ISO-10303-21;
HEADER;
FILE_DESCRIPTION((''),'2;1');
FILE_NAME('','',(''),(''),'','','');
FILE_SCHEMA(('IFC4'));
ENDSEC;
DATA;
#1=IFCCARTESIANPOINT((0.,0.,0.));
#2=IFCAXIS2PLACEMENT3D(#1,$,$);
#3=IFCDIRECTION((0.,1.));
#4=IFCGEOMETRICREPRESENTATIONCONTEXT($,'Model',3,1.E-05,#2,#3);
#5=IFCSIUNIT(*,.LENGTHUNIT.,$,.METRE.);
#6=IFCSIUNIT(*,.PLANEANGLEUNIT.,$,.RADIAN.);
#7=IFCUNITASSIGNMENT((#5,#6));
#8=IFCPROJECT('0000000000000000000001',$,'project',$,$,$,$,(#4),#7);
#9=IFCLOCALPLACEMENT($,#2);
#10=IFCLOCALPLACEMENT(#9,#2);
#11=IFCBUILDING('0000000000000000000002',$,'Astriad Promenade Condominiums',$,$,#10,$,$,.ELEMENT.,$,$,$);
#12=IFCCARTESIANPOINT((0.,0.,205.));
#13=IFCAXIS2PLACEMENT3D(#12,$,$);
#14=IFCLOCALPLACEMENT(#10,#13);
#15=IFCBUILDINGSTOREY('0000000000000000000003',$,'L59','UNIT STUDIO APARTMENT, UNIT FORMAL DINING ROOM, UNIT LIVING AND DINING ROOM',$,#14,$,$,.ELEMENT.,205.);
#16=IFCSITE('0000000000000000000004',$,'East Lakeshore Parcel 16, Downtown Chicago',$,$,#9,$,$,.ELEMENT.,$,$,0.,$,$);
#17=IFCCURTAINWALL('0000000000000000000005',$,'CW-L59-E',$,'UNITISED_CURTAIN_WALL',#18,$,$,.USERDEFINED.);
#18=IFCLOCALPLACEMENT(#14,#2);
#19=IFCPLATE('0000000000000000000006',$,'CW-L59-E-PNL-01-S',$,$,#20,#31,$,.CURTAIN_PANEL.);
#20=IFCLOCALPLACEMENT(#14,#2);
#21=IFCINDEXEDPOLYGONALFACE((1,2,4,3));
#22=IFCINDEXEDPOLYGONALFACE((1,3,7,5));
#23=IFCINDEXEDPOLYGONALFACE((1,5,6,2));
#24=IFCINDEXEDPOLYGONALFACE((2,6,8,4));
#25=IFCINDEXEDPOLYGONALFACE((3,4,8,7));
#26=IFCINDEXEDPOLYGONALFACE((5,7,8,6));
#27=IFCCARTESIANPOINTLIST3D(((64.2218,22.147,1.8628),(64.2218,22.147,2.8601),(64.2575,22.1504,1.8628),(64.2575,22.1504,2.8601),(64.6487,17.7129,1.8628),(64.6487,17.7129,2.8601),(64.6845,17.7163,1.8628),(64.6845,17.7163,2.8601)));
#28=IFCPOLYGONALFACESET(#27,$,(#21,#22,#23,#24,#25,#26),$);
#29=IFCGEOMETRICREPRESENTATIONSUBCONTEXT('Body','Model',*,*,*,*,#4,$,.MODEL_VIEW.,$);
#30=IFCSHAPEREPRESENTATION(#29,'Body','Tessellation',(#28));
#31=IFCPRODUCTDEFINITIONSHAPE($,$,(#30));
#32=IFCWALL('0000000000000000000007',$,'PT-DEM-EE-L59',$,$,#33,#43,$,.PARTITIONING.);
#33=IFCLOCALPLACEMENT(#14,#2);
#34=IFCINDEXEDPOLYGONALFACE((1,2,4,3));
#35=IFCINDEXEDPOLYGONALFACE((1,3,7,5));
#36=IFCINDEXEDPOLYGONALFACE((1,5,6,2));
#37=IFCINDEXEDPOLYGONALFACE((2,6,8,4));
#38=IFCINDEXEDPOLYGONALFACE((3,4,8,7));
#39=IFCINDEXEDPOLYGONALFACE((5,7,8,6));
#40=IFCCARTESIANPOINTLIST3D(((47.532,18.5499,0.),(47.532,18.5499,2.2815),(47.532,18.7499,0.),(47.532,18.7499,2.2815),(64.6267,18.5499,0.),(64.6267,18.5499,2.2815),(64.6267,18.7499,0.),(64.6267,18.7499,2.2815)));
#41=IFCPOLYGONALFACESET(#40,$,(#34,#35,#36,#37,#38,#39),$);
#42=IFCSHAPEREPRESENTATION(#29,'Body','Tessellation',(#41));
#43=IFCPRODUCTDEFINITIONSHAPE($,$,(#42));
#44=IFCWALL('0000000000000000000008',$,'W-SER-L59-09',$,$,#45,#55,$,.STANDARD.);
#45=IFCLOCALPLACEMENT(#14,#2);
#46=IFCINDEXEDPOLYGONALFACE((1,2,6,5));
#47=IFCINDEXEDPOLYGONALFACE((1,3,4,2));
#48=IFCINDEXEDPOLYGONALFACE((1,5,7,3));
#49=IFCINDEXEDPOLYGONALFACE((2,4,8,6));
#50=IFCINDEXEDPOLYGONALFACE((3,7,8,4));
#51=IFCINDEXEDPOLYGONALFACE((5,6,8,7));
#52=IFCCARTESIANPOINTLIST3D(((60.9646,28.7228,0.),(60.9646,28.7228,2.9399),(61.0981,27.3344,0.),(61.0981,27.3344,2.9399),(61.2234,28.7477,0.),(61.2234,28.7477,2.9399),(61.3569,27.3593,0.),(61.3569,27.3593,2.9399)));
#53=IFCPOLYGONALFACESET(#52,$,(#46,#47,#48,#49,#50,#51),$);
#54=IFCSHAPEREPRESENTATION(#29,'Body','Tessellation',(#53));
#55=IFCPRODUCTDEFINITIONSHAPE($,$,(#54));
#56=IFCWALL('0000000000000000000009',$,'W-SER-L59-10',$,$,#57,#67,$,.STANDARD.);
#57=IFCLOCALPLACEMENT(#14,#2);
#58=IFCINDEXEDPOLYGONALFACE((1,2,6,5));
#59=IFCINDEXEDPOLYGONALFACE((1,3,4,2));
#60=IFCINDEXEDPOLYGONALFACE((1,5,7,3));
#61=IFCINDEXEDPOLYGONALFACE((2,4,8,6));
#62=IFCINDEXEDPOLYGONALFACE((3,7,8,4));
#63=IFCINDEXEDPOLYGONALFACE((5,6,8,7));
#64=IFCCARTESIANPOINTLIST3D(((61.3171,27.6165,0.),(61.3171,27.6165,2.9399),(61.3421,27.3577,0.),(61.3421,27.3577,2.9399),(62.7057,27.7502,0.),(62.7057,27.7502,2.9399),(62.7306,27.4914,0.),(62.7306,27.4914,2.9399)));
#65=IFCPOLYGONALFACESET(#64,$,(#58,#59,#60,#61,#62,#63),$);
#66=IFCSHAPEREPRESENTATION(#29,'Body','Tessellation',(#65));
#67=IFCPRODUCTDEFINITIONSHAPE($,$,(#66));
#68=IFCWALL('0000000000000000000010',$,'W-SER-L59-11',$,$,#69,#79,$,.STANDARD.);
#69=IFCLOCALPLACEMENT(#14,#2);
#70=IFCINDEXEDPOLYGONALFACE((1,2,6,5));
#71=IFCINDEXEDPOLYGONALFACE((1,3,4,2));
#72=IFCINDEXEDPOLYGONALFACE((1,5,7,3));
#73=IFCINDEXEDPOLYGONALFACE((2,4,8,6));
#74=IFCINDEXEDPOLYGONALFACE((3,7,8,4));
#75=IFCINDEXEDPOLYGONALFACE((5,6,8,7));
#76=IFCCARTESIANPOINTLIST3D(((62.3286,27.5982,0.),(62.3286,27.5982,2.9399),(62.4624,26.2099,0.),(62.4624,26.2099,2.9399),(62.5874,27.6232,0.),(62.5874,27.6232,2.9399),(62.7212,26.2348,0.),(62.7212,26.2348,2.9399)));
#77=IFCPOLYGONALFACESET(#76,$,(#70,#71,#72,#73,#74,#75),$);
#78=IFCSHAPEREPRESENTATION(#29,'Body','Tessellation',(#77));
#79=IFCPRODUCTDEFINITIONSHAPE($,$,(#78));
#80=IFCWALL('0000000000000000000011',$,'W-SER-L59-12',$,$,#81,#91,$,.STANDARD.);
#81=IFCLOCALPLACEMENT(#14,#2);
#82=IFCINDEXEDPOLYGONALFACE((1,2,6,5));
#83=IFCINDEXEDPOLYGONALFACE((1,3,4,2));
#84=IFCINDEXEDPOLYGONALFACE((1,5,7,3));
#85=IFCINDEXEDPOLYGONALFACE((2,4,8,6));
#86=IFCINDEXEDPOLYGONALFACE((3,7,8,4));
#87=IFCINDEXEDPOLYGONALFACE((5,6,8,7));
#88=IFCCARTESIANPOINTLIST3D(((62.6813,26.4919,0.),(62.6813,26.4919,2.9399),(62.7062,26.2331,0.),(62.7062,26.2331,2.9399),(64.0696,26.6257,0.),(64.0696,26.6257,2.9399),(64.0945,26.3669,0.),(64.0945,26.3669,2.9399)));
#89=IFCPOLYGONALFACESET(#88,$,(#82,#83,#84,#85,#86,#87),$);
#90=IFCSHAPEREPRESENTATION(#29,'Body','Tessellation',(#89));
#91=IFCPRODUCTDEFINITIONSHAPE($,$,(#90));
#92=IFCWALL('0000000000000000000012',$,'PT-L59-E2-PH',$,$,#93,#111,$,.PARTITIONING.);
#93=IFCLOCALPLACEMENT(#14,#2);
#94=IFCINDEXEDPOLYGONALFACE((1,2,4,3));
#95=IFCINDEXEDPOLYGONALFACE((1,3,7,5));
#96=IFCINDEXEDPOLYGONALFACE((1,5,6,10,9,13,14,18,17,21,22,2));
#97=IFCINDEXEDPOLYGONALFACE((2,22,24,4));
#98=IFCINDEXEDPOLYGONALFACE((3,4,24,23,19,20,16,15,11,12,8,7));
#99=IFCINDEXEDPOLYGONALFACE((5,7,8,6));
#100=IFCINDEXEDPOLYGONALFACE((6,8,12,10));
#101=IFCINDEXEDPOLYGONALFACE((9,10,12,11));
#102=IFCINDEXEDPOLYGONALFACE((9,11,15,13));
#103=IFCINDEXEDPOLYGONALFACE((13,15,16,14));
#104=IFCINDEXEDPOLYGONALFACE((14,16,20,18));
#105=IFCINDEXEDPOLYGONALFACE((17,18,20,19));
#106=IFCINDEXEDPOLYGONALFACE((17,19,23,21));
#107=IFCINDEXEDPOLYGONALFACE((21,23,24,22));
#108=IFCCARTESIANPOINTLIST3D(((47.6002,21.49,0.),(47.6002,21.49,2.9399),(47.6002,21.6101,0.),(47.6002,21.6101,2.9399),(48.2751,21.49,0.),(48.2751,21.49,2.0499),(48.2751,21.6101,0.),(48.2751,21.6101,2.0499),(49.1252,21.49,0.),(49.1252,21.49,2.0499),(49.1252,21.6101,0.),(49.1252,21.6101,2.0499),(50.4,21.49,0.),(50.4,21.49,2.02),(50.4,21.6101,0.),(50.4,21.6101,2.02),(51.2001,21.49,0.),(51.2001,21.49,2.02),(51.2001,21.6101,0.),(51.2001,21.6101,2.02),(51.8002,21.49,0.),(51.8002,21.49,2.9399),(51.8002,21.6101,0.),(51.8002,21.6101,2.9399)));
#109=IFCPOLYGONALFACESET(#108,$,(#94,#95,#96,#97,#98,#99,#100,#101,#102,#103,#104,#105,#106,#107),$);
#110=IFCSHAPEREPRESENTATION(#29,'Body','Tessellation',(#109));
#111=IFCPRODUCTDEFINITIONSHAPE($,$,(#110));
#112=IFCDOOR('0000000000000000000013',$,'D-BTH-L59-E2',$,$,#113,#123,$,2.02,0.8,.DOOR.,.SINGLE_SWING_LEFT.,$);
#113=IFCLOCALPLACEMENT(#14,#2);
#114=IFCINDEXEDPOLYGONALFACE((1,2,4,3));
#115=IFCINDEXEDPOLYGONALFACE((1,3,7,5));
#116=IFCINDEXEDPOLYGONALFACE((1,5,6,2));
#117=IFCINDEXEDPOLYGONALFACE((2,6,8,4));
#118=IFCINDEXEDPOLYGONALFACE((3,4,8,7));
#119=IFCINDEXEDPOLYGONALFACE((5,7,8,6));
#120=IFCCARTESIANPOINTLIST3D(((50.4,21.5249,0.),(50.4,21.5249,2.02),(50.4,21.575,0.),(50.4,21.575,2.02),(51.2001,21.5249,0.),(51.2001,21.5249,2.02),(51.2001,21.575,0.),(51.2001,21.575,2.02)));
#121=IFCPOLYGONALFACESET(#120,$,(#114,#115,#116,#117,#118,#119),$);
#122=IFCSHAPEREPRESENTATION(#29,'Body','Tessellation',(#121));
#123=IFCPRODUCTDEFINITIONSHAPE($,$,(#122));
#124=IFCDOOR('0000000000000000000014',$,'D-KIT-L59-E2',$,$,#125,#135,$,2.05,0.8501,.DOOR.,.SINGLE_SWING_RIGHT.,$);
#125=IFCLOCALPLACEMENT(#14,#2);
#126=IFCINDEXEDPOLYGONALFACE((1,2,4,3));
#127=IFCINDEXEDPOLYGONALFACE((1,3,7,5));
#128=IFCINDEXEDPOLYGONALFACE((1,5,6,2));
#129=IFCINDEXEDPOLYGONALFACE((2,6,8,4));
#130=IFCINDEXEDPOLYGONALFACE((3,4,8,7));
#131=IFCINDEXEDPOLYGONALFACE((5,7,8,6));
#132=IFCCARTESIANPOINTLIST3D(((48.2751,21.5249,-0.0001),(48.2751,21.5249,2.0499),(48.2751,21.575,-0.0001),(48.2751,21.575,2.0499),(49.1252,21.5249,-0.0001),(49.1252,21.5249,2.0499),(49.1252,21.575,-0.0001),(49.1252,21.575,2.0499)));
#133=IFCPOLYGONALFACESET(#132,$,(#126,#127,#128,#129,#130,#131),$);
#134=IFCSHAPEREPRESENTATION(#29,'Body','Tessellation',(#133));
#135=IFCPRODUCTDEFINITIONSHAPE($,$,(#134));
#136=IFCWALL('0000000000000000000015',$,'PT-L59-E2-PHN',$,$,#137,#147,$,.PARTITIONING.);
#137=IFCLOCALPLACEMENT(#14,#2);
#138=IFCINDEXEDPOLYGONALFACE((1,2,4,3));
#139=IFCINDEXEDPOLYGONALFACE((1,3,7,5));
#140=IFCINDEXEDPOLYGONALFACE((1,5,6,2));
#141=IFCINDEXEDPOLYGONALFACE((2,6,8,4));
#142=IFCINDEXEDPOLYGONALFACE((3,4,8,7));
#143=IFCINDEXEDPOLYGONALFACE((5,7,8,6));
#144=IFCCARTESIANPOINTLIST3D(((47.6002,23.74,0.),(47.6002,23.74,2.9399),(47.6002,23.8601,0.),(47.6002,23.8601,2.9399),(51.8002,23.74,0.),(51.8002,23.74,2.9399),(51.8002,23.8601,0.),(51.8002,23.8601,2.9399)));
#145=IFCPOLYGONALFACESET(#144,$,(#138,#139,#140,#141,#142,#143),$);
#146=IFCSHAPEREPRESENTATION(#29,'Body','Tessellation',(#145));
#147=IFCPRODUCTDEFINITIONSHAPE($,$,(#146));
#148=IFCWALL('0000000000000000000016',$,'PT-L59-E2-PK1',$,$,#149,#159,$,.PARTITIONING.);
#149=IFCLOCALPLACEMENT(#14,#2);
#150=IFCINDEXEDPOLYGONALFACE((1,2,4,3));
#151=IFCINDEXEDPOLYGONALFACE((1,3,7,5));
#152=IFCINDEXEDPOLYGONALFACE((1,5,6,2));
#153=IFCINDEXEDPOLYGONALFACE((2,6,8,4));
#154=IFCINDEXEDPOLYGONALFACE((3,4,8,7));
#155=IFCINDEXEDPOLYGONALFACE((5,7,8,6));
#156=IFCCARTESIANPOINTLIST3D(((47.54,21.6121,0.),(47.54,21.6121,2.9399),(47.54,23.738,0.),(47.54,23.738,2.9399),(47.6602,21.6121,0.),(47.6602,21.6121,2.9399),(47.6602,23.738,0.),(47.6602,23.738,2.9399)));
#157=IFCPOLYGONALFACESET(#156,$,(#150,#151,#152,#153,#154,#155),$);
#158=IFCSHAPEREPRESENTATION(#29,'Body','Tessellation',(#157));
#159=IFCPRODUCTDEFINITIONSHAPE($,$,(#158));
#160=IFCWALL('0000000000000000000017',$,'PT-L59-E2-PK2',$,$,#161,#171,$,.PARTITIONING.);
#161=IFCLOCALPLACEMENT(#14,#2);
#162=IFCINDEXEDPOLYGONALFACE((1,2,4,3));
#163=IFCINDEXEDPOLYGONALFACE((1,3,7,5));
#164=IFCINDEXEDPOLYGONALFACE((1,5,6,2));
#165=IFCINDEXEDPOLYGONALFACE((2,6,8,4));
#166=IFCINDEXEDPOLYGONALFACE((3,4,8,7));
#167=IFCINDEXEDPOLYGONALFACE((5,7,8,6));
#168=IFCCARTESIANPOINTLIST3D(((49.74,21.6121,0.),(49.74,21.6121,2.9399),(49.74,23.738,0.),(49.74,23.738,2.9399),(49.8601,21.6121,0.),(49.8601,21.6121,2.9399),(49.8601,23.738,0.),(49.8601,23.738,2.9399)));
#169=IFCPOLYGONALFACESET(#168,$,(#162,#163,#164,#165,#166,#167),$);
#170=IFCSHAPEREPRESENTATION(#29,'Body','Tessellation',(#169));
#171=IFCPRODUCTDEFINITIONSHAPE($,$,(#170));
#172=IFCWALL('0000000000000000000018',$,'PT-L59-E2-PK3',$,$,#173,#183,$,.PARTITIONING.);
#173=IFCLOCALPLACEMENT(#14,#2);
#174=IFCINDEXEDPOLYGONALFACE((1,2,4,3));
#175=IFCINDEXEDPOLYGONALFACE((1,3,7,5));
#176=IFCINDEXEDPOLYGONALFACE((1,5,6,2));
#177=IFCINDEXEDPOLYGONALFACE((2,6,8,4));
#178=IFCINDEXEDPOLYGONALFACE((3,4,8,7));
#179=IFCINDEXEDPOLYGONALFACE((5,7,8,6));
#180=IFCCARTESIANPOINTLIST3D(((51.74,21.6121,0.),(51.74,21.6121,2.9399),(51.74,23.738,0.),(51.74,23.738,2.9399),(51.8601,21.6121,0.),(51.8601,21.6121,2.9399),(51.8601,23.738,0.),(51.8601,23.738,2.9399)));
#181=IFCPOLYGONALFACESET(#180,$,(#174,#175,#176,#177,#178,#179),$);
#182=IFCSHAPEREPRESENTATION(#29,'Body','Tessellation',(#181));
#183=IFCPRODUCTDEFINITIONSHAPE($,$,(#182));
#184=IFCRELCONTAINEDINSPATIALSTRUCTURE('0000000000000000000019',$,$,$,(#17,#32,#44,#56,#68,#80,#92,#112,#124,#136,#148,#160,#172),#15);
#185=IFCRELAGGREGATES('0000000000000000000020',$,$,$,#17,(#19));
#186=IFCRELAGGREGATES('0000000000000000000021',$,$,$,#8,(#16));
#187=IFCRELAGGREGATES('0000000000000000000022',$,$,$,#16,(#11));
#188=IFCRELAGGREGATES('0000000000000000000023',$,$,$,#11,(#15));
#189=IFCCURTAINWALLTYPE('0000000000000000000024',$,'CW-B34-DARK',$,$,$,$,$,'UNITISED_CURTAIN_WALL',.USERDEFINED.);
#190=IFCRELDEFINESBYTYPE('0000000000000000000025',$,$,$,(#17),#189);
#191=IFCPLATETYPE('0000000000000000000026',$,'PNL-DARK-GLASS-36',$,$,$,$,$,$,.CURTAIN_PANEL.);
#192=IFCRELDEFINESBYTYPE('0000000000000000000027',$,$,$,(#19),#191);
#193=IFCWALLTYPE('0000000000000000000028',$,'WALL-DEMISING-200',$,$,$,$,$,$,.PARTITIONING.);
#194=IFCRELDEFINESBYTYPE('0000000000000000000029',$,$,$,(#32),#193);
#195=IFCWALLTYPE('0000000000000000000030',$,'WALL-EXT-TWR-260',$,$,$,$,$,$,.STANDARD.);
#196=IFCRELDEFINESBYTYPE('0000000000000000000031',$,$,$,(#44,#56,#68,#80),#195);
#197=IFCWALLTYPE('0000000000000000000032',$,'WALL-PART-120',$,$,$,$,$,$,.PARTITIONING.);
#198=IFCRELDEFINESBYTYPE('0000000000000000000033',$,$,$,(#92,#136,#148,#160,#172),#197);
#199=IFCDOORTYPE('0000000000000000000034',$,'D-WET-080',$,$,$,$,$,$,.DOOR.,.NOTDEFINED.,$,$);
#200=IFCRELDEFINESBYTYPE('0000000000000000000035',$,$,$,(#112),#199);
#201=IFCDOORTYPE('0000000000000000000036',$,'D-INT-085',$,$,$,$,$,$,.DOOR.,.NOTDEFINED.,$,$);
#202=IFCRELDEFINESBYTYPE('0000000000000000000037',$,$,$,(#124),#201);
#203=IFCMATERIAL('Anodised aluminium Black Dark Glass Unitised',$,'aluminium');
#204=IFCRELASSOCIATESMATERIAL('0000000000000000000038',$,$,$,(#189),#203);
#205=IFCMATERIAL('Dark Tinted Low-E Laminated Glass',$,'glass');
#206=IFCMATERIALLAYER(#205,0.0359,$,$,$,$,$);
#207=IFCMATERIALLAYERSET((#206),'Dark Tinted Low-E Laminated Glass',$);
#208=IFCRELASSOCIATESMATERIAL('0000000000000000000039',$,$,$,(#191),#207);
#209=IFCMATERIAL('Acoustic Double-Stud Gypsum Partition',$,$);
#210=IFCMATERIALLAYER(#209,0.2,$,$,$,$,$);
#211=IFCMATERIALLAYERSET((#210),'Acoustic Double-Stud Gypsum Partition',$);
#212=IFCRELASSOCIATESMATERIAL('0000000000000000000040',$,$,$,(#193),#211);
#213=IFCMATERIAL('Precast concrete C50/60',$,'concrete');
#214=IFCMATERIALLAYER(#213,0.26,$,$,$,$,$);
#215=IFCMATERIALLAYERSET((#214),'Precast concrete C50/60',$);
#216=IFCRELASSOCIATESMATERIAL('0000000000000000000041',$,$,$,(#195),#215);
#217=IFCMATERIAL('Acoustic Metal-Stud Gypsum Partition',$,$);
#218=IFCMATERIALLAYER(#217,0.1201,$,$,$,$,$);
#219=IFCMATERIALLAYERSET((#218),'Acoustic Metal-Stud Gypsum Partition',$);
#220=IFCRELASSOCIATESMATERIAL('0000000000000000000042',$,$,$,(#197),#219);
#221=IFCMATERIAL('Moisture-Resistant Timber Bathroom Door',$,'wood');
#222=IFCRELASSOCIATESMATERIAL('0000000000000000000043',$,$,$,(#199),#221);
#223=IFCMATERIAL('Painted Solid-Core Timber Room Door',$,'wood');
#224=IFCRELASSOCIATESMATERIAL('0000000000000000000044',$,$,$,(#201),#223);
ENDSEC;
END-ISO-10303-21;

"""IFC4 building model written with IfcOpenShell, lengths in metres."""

from ifc_helpers import new_model, si_unit, direction, frame, frame_2d, origin, origin_2d, place, context, subcontext, project, spatial, rectangle, extrude, source, transform, mapped, material, layer, layer_set, type_object, type_shapes, element, fill, aggregate, save


model = new_model("IFC4")

# Units and contexts
model_context = context("Model", 3, precision=1e-05, world=origin(), true_north=direction((0.0, 1.0)))
body_context = subcontext(model_context, "Body", "Model", "MODEL_VIEW")
ifc_project = project(units=[si_unit("LENGTHUNIT", "METRE"), si_unit("PLANEANGLEUNIT", "RADIAN")], contexts=[model_context])

# Site, building, storey
site_placement = place(None, origin())
site = spatial("IfcSite", under=ifc_project, at=site_placement, Name="East Lakeshore Parcel 16, Downtown Chicago", CompositionType="ELEMENT", RefElevation=0.0)
building_placement = place(site_placement, origin())
building = spatial("IfcBuilding", under=site, at=building_placement, Name="Astriad Promenade Condominiums", CompositionType="ELEMENT")
storey_placement = place(building_placement, frame((0.0, 0.0, 205.0)))
storey = spatial("IfcBuildingStorey", under=building, at=storey_placement, Name="L59", Description="UNIT STUDIO APARTMENT, UNIT FORMAL DINING ROOM, UNIT LIVING AND DINING ROOM", CompositionType="ELEMENT", Elevation=205.0)

# Curtain wall, plate
ifc_material_1 = material(Name="Anodised aluminium Black Dark Glass Unitised", Category="aluminium")
curtain_wall_type = type_object("IfcCurtainWallType", Name="CW-B34-DARK", ElementType="UNITISED_CURTAIN_WALL", PredefinedType="USERDEFINED", material=ifc_material_1)
curtain_wall_placement = place(storey_placement, origin())
curtain_wall = element("IfcCurtainWall", 1, at=curtain_wall_placement, inside=storey, type_object=curtain_wall_type, Name="CW-L59-E", ObjectType="UNITISED_CURTAIN_WALL", PredefinedType="USERDEFINED")
ifc_material_2 = material(Name="Dark Tinted Low-E Laminated Glass", Category="glass")
ifc_layer_1 = layer(ifc_material_2, 0.0359)
ifc_layer_set_1 = layer_set([ifc_layer_1], Name="Dark Tinted Low-E Laminated Glass")
plate_type = type_object("IfcPlateType", Name="PNL-DARK-GLASS-36", PredefinedType="CURTAIN_PANEL", material=ifc_layer_set_1)
shared_shape_1 = source(origin(), body_context, "Body", "SweptSolid", [
    extrude(rectangle(XDim=4.4546, YDim=0.0359, at=origin_2d()), origin(), (0.0, 0.0, 1.0), 0.9973),
])
plate_1_placement = place(storey_placement, frame((64.4531, 19.9316, 1.8628), z_axis=(0.0, 0.0, 1.0), x_axis=(0.095846, -0.995396, 0.0)))
plate_1 = element("IfcPlate", 2, at=plate_1_placement, type_object=plate_type, Name="CW-L59-E-PNL-01-S", PredefinedType="CURTAIN_PANEL", context=body_context, shape_type="MappedRepresentation", body=[
    mapped(shared_shape_1, transform((0.0, 0.0, 0.0), scale=1.0)),
])
aggregate(curtain_wall, [plate_1])

# Walls
ifc_material_3 = material(Name="Acoustic Double-Stud Gypsum Partition")
ifc_layer_2 = layer(ifc_material_3, 0.2)
ifc_layer_set_2 = layer_set([ifc_layer_2], Name="Acoustic Double-Stud Gypsum Partition")
wall_type_1 = type_object("IfcWallType", Name="WALL-DEMISING-200", PredefinedType="PARTITIONING", material=ifc_layer_set_2)
wall_1_placement = place(storey_placement, frame((47.532, 18.6499, 0.0), z_axis=(0.0, 0.0, 1.0), x_axis=(1.0, 0.0, 0.0)))
element("IfcWall", 3, at=wall_1_placement, inside=storey, type_object=wall_type_1, Name="PT-DEM-EE-L59", PredefinedType="PARTITIONING", context=body_context, shape_type="SweptSolid", body=[
    extrude(rectangle(XDim=17.0947, YDim=0.2, at=frame_2d((8.5474, 0.0))), origin(), (0.0, 0.0, 1.0), 2.2815),
])
ifc_material_4 = material(Name="Precast concrete C50/60", Category="concrete")
ifc_layer_3 = layer(ifc_material_4, 0.26)
ifc_layer_set_3 = layer_set([ifc_layer_3], Name="Precast concrete C50/60")
wall_type_2 = type_object("IfcWallType", Name="WALL-EXT-TWR-260", PredefinedType="STANDARD", material=ifc_layer_set_3)
wall_2_placement = place(storey_placement, frame((61.094, 28.7351, 0.0), z_axis=(0.0, 0.0, 1.0), x_axis=(0.095742, -0.995406, 0.0)))
element("IfcWall", 4, at=wall_2_placement, inside=storey, type_object=wall_type_2, Name="W-SER-L59-09", PredefinedType="STANDARD", context=body_context, shape_type="SweptSolid", body=[
    extrude(rectangle(XDim=1.3948, YDim=0.26, at=frame_2d((0.6973, 0.0))), origin(), (0.0, 0.0, 1.0), 2.9399),
])
wall_3_placement = place(storey_placement, frame((61.3296, 27.4871, 0.0), z_axis=(0.0, 0.0, 1.0), x_axis=(0.995391, 0.095899, 0.0)))
element("IfcWall", 5, at=wall_3_placement, inside=storey, type_object=wall_type_2, Name="W-SER-L59-10", PredefinedType="STANDARD", context=body_context, shape_type="SweptSolid", body=[
    extrude(rectangle(XDim=1.395, YDim=0.26, at=frame_2d((0.6975, 0.0))), origin(), (0.0, 0.0, 1.0), 2.9399),
])
for number, where, z_axis, x_axis, name in (
    (6, (62.458, 27.6106, 0.0), (0.0, 0.0, 1.0), (0.095916, -0.995389, 0.0), "W-SER-L59-11"),
    (7, (62.6938, 26.3625, 0.0), (0.0, 0.0, 1.0), (0.995389, 0.095916, 0.0), "W-SER-L59-12"),
):
    element("IfcWall", number, at=place(storey_placement, frame(where, z_axis=z_axis, x_axis=x_axis)), inside=storey, type_object=wall_type_2, Name=name, PredefinedType="STANDARD", context=body_context, shape_type="SweptSolid", body=[
        extrude(rectangle(XDim=1.3948, YDim=0.26, at=frame_2d((0.6973, 0.0))), origin(), (0.0, 0.0, 1.0), 2.9399),
    ])

# Wall, openings, doors
ifc_material_5 = material(Name="Acoustic Metal-Stud Gypsum Partition")
ifc_layer_4 = layer(ifc_material_5, 0.1201)
ifc_layer_set_4 = layer_set([ifc_layer_4], Name="Acoustic Metal-Stud Gypsum Partition")
wall_type_3 = type_object("IfcWallType", Name="WALL-PART-120", PredefinedType="PARTITIONING", material=ifc_layer_set_4)
wall_4_placement = place(storey_placement, frame((47.6001, 21.55, 0.0), z_axis=(0.0, 0.0, 1.0), x_axis=(1.0, 0.0, 0.0)))
wall_4 = element("IfcWall", 8, at=wall_4_placement, inside=storey, type_object=wall_type_3, Name="PT-L59-E2-PH", PredefinedType="PARTITIONING", context=body_context, shape_type="SweptSolid", body=[
    extrude(rectangle(XDim=4.2, YDim=0.1201, at=frame_2d((2.1001, 0.0))), origin(), (0.0, 0.0, 1.0), 2.9399),
])
opening_1_placement = place(wall_4_placement, frame((0.675, 0.0, 0.0)))
opening_1 = element("IfcOpeningElement", 9, at=opening_1_placement, cuts=wall_4, PredefinedType="OPENING", context=body_context, shape_type="SweptSolid", body=[
    extrude(rectangle(XDim=0.8501, YDim=2.05, at=frame_2d((0.425, 1.0249))), frame((0.0, 0.0701, 0.0), z_axis=(0.0, -1.0, 0.0), x_axis=(1.0, 0.0, 0.0)), (0.0, 0.0, 1.0), 0.1401),
])
opening_2_placement = place(wall_4_placement, frame((2.8, 0.0, 0.0)))
opening_2 = element("IfcOpeningElement", 10, at=opening_2_placement, cuts=wall_4, PredefinedType="OPENING", context=body_context, shape_type="SweptSolid", body=[
    extrude(rectangle(XDim=0.8, YDim=2.02, at=frame_2d((0.3999, 1.01))), frame((0.0, 0.0701, 0.0), z_axis=(0.0, -1.0, 0.0), x_axis=(1.0, 0.0, 0.0)), (0.0, 0.0, 1.0), 0.1401),
])
ifc_material_6 = material(Name="Moisture-Resistant Timber Bathroom Door", Category="wood")
door_type_1 = type_object("IfcDoorType", Name="D-WET-080", OperationType="NOTDEFINED", PredefinedType="DOOR", material=ifc_material_6)
shared_shape_2 = source(origin(), body_context, "Body", "SweptSolid", [
    extrude(rectangle(XDim=0.8, YDim=2.02, at=frame_2d((0.3999, 1.01))), frame((0.0, 0.0249, 0.0), z_axis=(0.0, -1.0, 0.0), x_axis=(1.0, 0.0, 0.0)), (0.0, 0.0, 1.0), 0.05),
])
type_shapes(door_type_1, [shared_shape_2])
door_1_placement = place(opening_2_placement, origin())
door_1 = element("IfcDoor", 11, at=door_1_placement, inside=storey, type_object=door_type_1, Name="D-BTH-L59-E2", OperationType="SINGLE_SWING_LEFT", OverallHeight=2.02, OverallWidth=0.8, PredefinedType="DOOR", context=body_context, shape_type="MappedRepresentation", body=[
    mapped(shared_shape_2, transform((0.0, 0.0, 0.0), scale=1.0)),
])
fill(opening_2, door_1)
ifc_material_7 = material(Name="Painted Solid-Core Timber Room Door", Category="wood")
door_type_2 = type_object("IfcDoorType", Name="D-INT-085", OperationType="NOTDEFINED", PredefinedType="DOOR", material=ifc_material_7)
shared_shape_3 = source(origin(), body_context, "Body", "SweptSolid", [
    extrude(rectangle(XDim=0.8501, YDim=2.05, at=frame_2d((0.425, 1.0249))), frame((0.0, 0.0249, 0.0), z_axis=(0.0, -1.0, 0.0), x_axis=(1.0, 0.0, 0.0)), (0.0, 0.0, 1.0), 0.05),
])
type_shapes(door_type_2, [shared_shape_3])
door_2_placement = place(opening_1_placement, origin())
door_2 = element("IfcDoor", 12, at=door_2_placement, inside=storey, type_object=door_type_2, Name="D-KIT-L59-E2", OperationType="SINGLE_SWING_RIGHT", OverallHeight=2.05, OverallWidth=0.8501, PredefinedType="DOOR", context=body_context, shape_type="MappedRepresentation", body=[
    mapped(shared_shape_3, transform((0.0, 0.0, 0.0), scale=1.0)),
])
fill(opening_1, door_2)

# Walls
wall_5_placement = place(storey_placement, frame((47.6001, 23.8, 0.0), z_axis=(0.0, 0.0, 1.0), x_axis=(1.0, 0.0, 0.0)))
element("IfcWall", 13, at=wall_5_placement, inside=storey, type_object=wall_type_3, Name="PT-L59-E2-PHN", PredefinedType="PARTITIONING", context=body_context, shape_type="SweptSolid", body=[
    extrude(rectangle(XDim=4.2, YDim=0.1201, at=frame_2d((2.1001, 0.0))), origin(), (0.0, 0.0, 1.0), 2.9399),
])
for number, where, z_axis, x_axis, name in (
    (14, (47.6001, 21.6121, 0.0), (0.0, 0.0, 1.0), (0.0, 1.0, 0.0), "PT-L59-E2-PK1"),
    (15, (49.8, 21.6121, 0.0), (0.0, 0.0, 1.0), (0.0, 1.0, 0.0), "PT-L59-E2-PK2"),
    (16, (51.8, 21.6121, 0.0), (0.0, 0.0, 1.0), (0.0, 1.0, 0.0), "PT-L59-E2-PK3"),
):
    element("IfcWall", number, at=place(storey_placement, frame(where, z_axis=z_axis, x_axis=x_axis)), inside=storey, type_object=wall_type_3, Name=name, PredefinedType="PARTITIONING", context=body_context, shape_type="SweptSolid", body=[
        extrude(rectangle(XDim=2.126, YDim=0.1201, at=frame_2d((1.063, 0.0))), origin(), (0.0, 0.0, 1.0), 2.9399),
    ])

save(model, "model.ifc")
